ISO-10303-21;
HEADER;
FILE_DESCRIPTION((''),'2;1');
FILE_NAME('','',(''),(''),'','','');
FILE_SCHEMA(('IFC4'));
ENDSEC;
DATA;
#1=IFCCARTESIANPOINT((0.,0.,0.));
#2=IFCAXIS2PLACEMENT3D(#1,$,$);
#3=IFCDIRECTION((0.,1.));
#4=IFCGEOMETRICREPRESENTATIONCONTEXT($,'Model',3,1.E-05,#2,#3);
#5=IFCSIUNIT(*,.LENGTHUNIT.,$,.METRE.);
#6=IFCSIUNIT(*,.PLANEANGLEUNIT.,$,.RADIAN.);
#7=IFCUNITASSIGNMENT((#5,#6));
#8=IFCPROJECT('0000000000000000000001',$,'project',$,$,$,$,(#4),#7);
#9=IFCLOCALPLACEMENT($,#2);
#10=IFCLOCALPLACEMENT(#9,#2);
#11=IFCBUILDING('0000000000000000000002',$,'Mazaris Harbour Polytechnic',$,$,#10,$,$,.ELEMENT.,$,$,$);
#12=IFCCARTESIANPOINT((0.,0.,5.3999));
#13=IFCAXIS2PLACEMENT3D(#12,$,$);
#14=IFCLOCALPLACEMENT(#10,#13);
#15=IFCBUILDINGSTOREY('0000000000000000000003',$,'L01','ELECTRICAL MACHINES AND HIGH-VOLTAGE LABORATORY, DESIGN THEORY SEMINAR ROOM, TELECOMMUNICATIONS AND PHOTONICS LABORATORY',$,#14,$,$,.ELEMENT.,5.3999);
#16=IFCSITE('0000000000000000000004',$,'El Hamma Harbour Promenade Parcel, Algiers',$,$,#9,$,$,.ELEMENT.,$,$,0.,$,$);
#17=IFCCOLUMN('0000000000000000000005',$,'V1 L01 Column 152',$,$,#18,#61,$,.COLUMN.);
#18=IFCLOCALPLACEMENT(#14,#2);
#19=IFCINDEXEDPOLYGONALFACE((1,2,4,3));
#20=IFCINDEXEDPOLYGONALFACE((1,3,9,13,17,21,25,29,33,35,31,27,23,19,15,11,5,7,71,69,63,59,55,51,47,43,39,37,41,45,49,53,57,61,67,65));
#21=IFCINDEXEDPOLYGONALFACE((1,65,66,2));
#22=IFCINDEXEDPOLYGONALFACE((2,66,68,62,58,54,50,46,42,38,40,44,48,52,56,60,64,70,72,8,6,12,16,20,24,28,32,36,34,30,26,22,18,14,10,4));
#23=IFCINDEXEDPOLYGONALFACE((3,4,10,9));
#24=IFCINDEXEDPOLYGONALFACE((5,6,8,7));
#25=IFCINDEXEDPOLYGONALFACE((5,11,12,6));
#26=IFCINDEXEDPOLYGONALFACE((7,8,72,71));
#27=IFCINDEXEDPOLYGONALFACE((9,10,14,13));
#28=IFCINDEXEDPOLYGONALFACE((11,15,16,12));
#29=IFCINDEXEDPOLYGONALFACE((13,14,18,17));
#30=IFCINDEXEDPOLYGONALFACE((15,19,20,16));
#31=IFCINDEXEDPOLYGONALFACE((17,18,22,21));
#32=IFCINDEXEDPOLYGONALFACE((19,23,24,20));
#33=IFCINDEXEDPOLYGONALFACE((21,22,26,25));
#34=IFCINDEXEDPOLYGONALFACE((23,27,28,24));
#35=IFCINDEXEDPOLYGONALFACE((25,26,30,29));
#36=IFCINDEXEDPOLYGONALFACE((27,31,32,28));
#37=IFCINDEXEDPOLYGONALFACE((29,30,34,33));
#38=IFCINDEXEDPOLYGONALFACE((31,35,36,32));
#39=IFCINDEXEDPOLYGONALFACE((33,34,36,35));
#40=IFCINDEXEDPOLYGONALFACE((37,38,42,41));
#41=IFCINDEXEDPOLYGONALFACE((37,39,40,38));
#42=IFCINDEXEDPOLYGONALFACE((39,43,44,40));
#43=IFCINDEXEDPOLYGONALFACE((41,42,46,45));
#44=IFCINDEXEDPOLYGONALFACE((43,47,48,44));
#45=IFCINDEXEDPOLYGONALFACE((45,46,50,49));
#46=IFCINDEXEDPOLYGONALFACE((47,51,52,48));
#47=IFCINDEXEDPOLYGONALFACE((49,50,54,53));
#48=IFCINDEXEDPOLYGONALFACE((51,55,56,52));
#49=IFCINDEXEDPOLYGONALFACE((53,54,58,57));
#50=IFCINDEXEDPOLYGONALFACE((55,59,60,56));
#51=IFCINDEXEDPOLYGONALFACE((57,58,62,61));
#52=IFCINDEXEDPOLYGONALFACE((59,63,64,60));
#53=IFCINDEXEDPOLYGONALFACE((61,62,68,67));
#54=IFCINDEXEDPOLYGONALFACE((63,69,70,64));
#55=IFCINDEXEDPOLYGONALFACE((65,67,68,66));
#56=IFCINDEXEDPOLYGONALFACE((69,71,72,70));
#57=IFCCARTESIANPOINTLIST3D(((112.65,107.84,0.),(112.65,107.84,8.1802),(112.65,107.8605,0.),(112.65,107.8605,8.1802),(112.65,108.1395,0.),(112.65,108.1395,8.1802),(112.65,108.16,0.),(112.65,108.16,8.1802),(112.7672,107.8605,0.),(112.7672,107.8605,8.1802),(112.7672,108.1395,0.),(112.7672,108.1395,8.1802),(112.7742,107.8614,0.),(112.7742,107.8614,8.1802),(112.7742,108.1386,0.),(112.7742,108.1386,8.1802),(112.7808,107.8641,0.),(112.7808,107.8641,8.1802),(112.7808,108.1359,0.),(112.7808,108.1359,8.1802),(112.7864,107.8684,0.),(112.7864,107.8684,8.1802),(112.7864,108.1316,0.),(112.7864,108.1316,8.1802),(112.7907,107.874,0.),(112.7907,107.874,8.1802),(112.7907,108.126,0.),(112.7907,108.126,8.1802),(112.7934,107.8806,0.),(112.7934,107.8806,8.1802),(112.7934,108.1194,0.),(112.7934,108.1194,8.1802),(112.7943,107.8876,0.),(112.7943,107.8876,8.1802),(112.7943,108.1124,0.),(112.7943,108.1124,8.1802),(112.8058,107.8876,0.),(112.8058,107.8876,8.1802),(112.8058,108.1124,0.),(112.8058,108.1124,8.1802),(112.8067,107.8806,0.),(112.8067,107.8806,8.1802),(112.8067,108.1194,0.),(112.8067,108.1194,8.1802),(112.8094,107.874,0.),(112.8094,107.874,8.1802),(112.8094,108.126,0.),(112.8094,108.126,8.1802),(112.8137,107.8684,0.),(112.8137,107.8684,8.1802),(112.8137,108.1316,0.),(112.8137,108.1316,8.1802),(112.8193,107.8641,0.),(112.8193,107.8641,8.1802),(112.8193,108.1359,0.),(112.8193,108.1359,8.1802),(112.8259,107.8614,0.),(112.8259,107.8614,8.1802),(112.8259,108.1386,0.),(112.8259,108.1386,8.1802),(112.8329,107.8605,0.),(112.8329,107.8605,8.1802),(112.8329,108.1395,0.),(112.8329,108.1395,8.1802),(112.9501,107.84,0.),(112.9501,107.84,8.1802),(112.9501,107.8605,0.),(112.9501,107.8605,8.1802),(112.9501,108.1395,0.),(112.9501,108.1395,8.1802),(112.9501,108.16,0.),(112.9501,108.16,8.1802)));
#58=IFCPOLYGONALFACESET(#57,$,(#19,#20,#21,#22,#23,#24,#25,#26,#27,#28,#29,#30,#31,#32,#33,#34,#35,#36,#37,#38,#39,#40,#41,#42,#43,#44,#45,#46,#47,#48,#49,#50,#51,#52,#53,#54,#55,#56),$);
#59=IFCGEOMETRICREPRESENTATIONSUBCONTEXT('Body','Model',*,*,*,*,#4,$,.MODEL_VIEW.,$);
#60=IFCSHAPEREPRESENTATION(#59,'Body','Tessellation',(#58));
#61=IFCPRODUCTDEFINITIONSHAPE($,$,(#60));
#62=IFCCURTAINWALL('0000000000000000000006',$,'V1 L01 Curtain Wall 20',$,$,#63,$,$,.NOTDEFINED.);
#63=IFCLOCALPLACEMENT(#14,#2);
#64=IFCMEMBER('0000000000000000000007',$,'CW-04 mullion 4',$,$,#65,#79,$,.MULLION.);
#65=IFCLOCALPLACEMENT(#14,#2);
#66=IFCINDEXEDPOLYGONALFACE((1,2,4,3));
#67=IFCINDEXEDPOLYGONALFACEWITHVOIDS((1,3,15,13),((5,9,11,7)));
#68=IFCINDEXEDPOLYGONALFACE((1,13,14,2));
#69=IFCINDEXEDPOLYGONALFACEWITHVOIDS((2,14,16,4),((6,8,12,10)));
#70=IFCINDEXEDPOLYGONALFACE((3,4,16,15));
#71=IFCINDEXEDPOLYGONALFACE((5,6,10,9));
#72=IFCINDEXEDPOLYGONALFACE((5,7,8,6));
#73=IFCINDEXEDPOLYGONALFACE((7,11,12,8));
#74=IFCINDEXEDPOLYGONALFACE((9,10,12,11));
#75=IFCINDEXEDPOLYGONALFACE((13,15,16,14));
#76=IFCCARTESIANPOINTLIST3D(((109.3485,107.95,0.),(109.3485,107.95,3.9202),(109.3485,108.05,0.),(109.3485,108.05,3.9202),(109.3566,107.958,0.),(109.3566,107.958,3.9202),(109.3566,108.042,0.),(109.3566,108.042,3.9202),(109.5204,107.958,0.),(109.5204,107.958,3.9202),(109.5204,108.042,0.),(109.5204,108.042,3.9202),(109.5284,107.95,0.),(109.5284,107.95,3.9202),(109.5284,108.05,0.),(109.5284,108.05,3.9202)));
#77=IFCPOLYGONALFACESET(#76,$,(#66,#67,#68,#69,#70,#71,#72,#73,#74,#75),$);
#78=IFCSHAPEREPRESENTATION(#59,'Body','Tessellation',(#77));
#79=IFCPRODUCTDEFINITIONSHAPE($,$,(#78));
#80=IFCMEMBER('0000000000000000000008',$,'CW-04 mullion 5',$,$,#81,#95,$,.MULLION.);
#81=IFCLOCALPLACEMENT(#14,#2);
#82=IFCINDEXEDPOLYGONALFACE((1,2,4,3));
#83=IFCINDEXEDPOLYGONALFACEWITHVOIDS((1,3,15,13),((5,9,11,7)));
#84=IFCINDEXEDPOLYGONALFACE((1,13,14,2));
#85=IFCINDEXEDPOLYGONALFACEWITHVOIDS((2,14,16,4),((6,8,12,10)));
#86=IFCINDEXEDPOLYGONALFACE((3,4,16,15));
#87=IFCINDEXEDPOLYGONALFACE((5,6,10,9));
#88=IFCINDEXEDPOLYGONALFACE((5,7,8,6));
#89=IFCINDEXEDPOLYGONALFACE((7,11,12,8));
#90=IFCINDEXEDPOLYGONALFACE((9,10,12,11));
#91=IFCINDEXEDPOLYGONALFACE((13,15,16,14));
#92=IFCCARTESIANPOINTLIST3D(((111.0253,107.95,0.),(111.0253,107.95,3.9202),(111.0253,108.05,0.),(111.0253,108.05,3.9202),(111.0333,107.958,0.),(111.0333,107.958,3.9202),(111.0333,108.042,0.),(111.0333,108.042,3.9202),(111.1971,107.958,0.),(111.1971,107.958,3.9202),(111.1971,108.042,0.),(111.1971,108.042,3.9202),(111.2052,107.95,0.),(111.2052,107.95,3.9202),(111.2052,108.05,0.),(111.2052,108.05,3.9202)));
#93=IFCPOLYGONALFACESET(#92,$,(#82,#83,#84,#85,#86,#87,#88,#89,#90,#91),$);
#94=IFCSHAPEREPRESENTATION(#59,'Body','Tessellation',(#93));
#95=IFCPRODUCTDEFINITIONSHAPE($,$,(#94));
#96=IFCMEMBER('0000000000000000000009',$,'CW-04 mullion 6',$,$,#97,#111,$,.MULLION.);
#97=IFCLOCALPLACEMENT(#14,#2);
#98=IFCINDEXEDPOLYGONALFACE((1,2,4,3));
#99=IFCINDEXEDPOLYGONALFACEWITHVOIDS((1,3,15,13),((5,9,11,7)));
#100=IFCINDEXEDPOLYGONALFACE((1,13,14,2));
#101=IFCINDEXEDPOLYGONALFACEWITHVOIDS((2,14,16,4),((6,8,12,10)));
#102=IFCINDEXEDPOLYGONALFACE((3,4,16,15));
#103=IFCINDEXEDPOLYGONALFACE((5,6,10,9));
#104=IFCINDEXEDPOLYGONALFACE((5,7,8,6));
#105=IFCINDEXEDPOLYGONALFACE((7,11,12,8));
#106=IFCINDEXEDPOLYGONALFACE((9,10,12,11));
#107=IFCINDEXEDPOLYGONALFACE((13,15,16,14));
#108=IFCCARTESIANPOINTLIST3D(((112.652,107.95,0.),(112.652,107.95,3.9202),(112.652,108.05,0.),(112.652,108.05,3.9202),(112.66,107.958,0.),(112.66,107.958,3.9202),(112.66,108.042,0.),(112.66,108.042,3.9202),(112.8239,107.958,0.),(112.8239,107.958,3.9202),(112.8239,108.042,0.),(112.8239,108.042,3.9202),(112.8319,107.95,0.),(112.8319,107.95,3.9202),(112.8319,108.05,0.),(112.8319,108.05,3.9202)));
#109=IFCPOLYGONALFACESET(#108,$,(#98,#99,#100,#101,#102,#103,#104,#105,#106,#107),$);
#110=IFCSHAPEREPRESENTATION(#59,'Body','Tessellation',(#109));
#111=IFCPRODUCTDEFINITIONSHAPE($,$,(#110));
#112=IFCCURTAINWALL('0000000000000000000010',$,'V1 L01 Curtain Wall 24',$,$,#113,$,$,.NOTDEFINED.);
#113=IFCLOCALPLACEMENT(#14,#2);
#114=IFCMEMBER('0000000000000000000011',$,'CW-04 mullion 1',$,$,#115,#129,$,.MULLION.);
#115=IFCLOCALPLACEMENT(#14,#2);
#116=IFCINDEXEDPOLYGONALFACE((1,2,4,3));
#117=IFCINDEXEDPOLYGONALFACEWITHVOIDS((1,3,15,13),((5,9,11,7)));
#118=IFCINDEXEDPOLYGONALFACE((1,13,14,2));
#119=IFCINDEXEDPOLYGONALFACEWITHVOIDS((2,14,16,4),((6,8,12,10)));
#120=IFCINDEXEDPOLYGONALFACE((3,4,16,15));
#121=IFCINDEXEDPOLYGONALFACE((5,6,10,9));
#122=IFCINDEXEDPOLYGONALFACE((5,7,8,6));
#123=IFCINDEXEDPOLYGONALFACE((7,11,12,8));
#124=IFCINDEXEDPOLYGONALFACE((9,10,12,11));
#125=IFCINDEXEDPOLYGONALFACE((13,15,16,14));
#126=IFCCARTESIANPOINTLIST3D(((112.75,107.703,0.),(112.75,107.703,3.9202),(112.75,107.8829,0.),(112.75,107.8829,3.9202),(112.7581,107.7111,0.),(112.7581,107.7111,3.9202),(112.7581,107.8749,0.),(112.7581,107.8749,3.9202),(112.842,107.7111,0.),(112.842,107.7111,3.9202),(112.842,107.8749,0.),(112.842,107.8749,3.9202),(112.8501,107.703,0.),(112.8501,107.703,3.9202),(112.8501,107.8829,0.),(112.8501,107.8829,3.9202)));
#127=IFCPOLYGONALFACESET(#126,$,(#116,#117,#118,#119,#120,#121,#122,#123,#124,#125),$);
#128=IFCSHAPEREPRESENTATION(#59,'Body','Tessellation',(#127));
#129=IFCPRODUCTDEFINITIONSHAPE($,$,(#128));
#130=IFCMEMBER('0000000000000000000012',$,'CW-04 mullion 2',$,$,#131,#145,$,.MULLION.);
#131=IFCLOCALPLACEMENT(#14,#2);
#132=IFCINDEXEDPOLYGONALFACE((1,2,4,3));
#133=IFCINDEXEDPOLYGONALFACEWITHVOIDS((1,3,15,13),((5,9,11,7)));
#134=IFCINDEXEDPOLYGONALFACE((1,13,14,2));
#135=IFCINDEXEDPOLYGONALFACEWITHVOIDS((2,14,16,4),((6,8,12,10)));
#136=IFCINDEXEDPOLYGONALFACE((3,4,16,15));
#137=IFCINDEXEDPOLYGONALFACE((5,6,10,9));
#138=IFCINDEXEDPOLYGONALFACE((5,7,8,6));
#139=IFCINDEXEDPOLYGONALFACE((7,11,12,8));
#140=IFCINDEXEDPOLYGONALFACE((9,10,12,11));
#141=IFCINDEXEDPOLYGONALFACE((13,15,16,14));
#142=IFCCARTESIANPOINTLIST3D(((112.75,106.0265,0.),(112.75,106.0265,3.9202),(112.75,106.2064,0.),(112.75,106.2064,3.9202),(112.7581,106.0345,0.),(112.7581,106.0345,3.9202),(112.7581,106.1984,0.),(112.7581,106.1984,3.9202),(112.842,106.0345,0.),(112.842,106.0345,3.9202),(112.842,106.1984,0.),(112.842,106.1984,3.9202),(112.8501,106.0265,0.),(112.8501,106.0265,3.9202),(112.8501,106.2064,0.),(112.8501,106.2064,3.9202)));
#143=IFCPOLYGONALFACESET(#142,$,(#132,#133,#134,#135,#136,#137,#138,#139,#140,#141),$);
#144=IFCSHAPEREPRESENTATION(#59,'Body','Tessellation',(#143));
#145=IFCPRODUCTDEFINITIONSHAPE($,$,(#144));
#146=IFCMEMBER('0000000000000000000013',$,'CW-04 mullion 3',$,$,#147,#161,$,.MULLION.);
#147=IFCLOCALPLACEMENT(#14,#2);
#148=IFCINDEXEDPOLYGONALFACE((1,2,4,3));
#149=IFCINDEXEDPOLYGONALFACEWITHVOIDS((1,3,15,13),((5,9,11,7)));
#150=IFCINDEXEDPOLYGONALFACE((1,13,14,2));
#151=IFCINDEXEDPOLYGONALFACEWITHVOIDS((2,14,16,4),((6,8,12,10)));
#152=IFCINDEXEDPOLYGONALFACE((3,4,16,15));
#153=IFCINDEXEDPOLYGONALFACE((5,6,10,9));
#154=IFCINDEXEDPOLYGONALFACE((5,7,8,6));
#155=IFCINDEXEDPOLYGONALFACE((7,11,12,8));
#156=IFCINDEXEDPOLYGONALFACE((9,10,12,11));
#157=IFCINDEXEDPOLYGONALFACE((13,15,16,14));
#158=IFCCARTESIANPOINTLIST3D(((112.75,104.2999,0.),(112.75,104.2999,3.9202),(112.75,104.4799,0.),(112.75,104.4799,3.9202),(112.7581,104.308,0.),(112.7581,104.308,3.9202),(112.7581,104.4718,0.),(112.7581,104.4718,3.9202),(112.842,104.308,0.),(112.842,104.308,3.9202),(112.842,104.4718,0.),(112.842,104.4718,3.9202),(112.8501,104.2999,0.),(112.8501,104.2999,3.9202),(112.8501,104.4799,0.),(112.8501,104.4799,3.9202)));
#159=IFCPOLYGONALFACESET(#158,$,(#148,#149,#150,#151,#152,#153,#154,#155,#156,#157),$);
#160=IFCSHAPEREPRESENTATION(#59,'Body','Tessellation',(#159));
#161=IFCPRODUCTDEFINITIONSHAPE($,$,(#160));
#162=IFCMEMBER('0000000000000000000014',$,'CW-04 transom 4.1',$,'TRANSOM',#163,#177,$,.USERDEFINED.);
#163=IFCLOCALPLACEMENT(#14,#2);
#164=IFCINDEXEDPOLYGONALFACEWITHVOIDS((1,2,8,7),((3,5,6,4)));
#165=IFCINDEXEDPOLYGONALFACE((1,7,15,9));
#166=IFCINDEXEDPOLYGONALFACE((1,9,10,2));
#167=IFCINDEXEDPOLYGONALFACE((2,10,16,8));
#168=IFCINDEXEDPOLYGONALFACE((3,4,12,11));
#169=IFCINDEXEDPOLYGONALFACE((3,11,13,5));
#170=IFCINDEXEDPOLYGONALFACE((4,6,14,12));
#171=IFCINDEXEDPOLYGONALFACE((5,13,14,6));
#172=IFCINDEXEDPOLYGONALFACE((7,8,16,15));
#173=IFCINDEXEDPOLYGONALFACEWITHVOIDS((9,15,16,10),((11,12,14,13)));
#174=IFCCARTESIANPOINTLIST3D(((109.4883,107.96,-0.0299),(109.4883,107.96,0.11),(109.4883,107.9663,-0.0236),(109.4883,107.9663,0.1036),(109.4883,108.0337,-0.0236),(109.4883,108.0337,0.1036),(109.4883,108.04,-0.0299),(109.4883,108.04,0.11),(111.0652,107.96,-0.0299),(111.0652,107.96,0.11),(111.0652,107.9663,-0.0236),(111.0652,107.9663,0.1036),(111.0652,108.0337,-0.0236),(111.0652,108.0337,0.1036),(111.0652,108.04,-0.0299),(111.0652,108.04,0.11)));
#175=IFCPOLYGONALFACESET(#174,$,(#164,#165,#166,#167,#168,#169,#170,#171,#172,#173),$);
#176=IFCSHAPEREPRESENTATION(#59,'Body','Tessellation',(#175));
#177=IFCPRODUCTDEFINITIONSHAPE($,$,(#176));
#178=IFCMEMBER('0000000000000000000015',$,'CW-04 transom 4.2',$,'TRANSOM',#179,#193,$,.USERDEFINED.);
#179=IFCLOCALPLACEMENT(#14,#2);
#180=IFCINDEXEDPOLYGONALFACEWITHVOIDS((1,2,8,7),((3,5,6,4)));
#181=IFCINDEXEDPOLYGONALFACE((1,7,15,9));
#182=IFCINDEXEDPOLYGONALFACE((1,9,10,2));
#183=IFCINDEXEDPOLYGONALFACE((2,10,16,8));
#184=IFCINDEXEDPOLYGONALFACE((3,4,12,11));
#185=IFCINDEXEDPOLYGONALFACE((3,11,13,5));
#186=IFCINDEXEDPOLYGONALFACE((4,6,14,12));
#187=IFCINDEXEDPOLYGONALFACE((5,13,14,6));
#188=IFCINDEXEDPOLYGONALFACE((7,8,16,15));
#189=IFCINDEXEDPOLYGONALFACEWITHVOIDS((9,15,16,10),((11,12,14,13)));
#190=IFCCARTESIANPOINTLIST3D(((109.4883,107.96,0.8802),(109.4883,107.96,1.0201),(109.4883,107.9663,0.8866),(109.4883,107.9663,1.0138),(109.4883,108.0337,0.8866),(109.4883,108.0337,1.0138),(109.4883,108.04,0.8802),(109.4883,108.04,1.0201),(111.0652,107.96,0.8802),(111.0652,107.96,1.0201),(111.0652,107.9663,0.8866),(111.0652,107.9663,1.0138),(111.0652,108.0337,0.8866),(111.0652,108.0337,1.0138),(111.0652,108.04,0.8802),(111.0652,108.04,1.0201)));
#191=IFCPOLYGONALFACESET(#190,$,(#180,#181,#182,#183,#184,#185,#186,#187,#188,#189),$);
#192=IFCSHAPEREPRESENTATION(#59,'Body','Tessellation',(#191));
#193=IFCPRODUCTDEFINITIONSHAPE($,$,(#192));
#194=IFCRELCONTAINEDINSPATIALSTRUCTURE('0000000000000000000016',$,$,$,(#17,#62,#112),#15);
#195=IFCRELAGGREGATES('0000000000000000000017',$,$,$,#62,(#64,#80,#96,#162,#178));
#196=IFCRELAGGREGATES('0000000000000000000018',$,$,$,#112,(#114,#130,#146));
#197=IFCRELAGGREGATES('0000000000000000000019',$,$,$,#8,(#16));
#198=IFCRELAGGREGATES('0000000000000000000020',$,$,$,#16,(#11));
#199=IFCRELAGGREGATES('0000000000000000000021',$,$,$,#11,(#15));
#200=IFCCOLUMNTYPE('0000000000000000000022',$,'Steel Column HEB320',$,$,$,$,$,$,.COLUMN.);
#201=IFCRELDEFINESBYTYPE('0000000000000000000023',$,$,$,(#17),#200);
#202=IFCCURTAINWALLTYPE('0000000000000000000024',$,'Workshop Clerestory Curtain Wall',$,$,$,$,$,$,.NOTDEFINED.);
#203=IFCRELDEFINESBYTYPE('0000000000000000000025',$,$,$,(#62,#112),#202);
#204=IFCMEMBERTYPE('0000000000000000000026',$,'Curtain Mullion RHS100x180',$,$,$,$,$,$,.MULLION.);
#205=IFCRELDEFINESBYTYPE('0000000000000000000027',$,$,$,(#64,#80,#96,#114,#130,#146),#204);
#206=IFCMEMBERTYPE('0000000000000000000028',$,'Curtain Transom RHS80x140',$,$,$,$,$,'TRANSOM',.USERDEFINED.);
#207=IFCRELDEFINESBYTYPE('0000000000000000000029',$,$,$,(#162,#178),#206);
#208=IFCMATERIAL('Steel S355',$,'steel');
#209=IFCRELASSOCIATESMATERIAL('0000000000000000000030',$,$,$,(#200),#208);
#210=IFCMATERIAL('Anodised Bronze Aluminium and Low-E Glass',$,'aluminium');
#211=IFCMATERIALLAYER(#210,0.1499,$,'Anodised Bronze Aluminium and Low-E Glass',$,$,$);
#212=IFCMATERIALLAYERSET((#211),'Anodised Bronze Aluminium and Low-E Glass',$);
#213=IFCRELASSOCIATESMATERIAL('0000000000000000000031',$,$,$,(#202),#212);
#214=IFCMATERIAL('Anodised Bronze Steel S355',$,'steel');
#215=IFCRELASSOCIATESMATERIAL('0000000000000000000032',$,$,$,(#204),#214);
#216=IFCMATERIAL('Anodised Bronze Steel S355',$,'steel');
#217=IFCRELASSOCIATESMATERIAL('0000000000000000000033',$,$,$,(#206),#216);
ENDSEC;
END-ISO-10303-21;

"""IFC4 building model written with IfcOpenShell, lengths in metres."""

from ifc_helpers import new_model, si_unit, direction, frame, origin, origin_2d, place, context, subcontext, project, spatial, hollow_rectangle, i_section, extrude, material, layer, layer_set, material_profile, profile_set, type_object, element, aggregate, save


model = new_model("IFC4")

# Units and contexts
model_context = context("Model", 3, precision=1e-05, world=origin(), true_north=direction((0.0, 1.0)))
body_context = subcontext(model_context, "Body", "Model", "MODEL_VIEW")
ifc_project = project(units=[si_unit("LENGTHUNIT", "METRE"), si_unit("PLANEANGLEUNIT", "RADIAN")], contexts=[model_context])

# Site, building, storey
site_placement = place(None, origin())
site = spatial("IfcSite", under=ifc_project, at=site_placement, Name="El Hamma Harbour Promenade Parcel, Algiers", CompositionType="ELEMENT", RefElevation=0.0)
building_placement = place(site_placement, origin())
building = spatial("IfcBuilding", under=site, at=building_placement, Name="Mazaris Harbour Polytechnic", CompositionType="ELEMENT")
storey_placement = place(building_placement, frame((0.0, 0.0, 5.3999)))
storey = spatial("IfcBuildingStorey", under=building, at=storey_placement, Name="L01", Description="ELECTRICAL MACHINES AND HIGH-VOLTAGE LABORATORY, DESIGN THEORY SEMINAR ROOM, TELECOMMUNICATIONS AND PHOTONICS LABORATORY", CompositionType="ELEMENT", Elevation=5.3999)

# Column
ifc_material_1 = material(Name="Steel S355", Category="steel")
ifc_material_profile_1 = material_profile(ifc_material_1, i_section(OverallWidth=0.3, OverallDepth=0.3201, WebThickness=0.0115, FlangeThickness=0.0205, FilletRadius=0.0271, at=origin_2d()), Name="HEB 320")
ifc_profile_set_1 = profile_set([ifc_material_profile_1], Name="Steel S355")
column_type = type_object("IfcColumnType", Name="Steel Column HEB320", PredefinedType="COLUMN", material=ifc_profile_set_1)
column_placement = place(storey_placement, frame((112.8, 108.0, 0.0), z_axis=(0.0, 0.0, 1.0), x_axis=(1.0, 0.0, 0.0)))
element("IfcColumn", 1, at=column_placement, inside=storey, type_object=column_type, Name="V1 L01 Column 152", PredefinedType="COLUMN", context=body_context, shape_type="SweptSolid", body=[
    extrude(i_section(OverallWidth=0.3, OverallDepth=0.3201, WebThickness=0.0115, FlangeThickness=0.0205, FilletRadius=0.0271, at=origin_2d()), origin(), (0.0, 0.0, 1.0), 8.1802),
])

# Curtain walls, members
ifc_material_2 = material(Name="Anodised Bronze Aluminium and Low-E Glass", Category="aluminium")
ifc_layer_1 = layer(ifc_material_2, 0.1499, Name="Anodised Bronze Aluminium and Low-E Glass")
ifc_layer_set_1 = layer_set([ifc_layer_1], Name="Anodised Bronze Aluminium and Low-E Glass")
curtain_wall_type = type_object("IfcCurtainWallType", Name="Workshop Clerestory Curtain Wall", PredefinedType="NOTDEFINED", material=ifc_layer_set_1)
curtain_wall_1_placement = place(storey_placement, origin())
curtain_wall_1 = element("IfcCurtainWall", 2, at=curtain_wall_1_placement, inside=storey, type_object=curtain_wall_type, Name="V1 L01 Curtain Wall 20", PredefinedType="NOTDEFINED")
ifc_material_3 = material(Name="Anodised Bronze Steel S355", Category="steel")
ifc_material_profile_2 = material_profile(ifc_material_3, hollow_rectangle(XDim=0.1001, YDim=0.1799, WallThickness=0.0081, at=origin_2d()), Name="RHS 100x180x8.0")
ifc_profile_set_2 = profile_set([ifc_material_profile_2], Name="Anodised Bronze Steel S355")
member_type_1 = type_object("IfcMemberType", Name="Curtain Mullion RHS100x180", PredefinedType="MULLION", material=ifc_profile_set_2)
member_1_placement = place(storey_placement, frame((109.4385, 108.0, 0.0), z_axis=(0.0, 0.0, 1.0), x_axis=(0.0, 1.0, 0.0)))
member_1 = element("IfcMember", 3, at=member_1_placement, type_object=member_type_1, Name="CW-04 mullion 4", PredefinedType="MULLION", context=body_context, shape_type="SweptSolid", body=[
    extrude(hollow_rectangle(XDim=0.1001, YDim=0.1799, WallThickness=0.0081, at=origin_2d()), origin(), (0.0, 0.0, 1.0), 3.9202),
])
member_2_placement = place(storey_placement, frame((111.1152, 108.0, 0.0), z_axis=(0.0, 0.0, 1.0), x_axis=(0.0, 1.0, 0.0)))
member_2 = element("IfcMember", 4, at=member_2_placement, type_object=member_type_1, Name="CW-04 mullion 5", PredefinedType="MULLION", context=body_context, shape_type="SweptSolid", body=[
    extrude(hollow_rectangle(XDim=0.1001, YDim=0.1799, WallThickness=0.0081, at=origin_2d()), origin(), (0.0, 0.0, 1.0), 3.9202),
])
member_3_placement = place(storey_placement, frame((112.7419, 108.0, 0.0), z_axis=(0.0, 0.0, 1.0), x_axis=(0.0, 1.0, 0.0)))
member_3 = element("IfcMember", 5, at=member_3_placement, type_object=member_type_1, Name="CW-04 mullion 6", PredefinedType="MULLION", context=body_context, shape_type="SweptSolid", body=[
    extrude(hollow_rectangle(XDim=0.1001, YDim=0.1799, WallThickness=0.0081, at=origin_2d()), origin(), (0.0, 0.0, 1.0), 3.9202),
])
curtain_wall_2_placement = place(storey_placement, origin())
curtain_wall_2 = element("IfcCurtainWall", 6, at=curtain_wall_2_placement, inside=storey, type_object=curtain_wall_type, Name="V1 L01 Curtain Wall 24", PredefinedType="NOTDEFINED")
member_4_placement = place(storey_placement, frame((112.8, 107.793, 0.0), z_axis=(0.0, 0.0, 1.0), x_axis=(1.0, 0.0, 0.0)))
member_4 = element("IfcMember", 7, at=member_4_placement, type_object=member_type_1, Name="CW-04 mullion 1", PredefinedType="MULLION", context=body_context, shape_type="SweptSolid", body=[
    extrude(hollow_rectangle(XDim=0.1001, YDim=0.1799, WallThickness=0.0081, at=origin_2d()), origin(), (0.0, 0.0, 1.0), 3.9202),
])
member_5_placement = place(storey_placement, frame((112.8, 106.1165, 0.0), z_axis=(0.0, 0.0, 1.0), x_axis=(1.0, 0.0, 0.0)))
member_5 = element("IfcMember", 8, at=member_5_placement, type_object=member_type_1, Name="CW-04 mullion 2", PredefinedType="MULLION", context=body_context, shape_type="SweptSolid", body=[
    extrude(hollow_rectangle(XDim=0.1001, YDim=0.1799, WallThickness=0.0081, at=origin_2d()), origin(), (0.0, 0.0, 1.0), 3.9202),
])
member_6_placement = place(storey_placement, frame((112.8, 104.3899, 0.0), z_axis=(0.0, 0.0, 1.0), x_axis=(1.0, 0.0, 0.0)))
member_6 = element("IfcMember", 9, at=member_6_placement, type_object=member_type_1, Name="CW-04 mullion 3", PredefinedType="MULLION", context=body_context, shape_type="SweptSolid", body=[
    extrude(hollow_rectangle(XDim=0.1001, YDim=0.1799, WallThickness=0.0081, at=origin_2d()), origin(), (0.0, 0.0, 1.0), 3.9202),
])

# Members
ifc_material_4 = material(Name="Anodised Bronze Steel S355", Category="steel")
ifc_material_profile_3 = material_profile(ifc_material_4, hollow_rectangle(XDim=0.0801, YDim=0.1399, WallThickness=0.0063, at=origin_2d()), Name="RHS 80x140x6.3")
ifc_profile_set_3 = profile_set([ifc_material_profile_3], Name="Anodised Bronze Steel S355")
member_type_2 = type_object("IfcMemberType", Name="Curtain Transom RHS80x140", ElementType="TRANSOM", PredefinedType="USERDEFINED", material=ifc_profile_set_3)
member_7_placement = place(storey_placement, frame((109.4883, 108.0, 0.04), z_axis=(1.0, 0.0, 0.0), x_axis=(0.0, 1.0, 0.0)))
member_7 = element("IfcMember", 10, at=member_7_placement, type_object=member_type_2, Name="CW-04 transom 4.1", ObjectType="TRANSOM", PredefinedType="USERDEFINED", context=body_context, shape_type="SweptSolid", body=[
    extrude(hollow_rectangle(XDim=0.0801, YDim=0.1399, WallThickness=0.0063, at=origin_2d()), origin(), (0.0, 0.0, 1.0), 1.5769),
])
member_8_placement = place(storey_placement, frame((109.4883, 108.0, 0.9502), z_axis=(1.0, 0.0, 0.0), x_axis=(0.0, 1.0, 0.0)))
member_8 = element("IfcMember", 11, at=member_8_placement, type_object=member_type_2, Name="CW-04 transom 4.2", ObjectType="TRANSOM", PredefinedType="USERDEFINED", context=body_context, shape_type="SweptSolid", body=[
    extrude(hollow_rectangle(XDim=0.0801, YDim=0.1399, WallThickness=0.0063, at=origin_2d()), origin(), (0.0, 0.0, 1.0), 1.5769),
])

aggregate(curtain_wall_1, [member_1, member_2, member_3, member_7, member_8])
aggregate(curtain_wall_2, [member_4, member_5, member_6])

save(model, "model.ifc")
